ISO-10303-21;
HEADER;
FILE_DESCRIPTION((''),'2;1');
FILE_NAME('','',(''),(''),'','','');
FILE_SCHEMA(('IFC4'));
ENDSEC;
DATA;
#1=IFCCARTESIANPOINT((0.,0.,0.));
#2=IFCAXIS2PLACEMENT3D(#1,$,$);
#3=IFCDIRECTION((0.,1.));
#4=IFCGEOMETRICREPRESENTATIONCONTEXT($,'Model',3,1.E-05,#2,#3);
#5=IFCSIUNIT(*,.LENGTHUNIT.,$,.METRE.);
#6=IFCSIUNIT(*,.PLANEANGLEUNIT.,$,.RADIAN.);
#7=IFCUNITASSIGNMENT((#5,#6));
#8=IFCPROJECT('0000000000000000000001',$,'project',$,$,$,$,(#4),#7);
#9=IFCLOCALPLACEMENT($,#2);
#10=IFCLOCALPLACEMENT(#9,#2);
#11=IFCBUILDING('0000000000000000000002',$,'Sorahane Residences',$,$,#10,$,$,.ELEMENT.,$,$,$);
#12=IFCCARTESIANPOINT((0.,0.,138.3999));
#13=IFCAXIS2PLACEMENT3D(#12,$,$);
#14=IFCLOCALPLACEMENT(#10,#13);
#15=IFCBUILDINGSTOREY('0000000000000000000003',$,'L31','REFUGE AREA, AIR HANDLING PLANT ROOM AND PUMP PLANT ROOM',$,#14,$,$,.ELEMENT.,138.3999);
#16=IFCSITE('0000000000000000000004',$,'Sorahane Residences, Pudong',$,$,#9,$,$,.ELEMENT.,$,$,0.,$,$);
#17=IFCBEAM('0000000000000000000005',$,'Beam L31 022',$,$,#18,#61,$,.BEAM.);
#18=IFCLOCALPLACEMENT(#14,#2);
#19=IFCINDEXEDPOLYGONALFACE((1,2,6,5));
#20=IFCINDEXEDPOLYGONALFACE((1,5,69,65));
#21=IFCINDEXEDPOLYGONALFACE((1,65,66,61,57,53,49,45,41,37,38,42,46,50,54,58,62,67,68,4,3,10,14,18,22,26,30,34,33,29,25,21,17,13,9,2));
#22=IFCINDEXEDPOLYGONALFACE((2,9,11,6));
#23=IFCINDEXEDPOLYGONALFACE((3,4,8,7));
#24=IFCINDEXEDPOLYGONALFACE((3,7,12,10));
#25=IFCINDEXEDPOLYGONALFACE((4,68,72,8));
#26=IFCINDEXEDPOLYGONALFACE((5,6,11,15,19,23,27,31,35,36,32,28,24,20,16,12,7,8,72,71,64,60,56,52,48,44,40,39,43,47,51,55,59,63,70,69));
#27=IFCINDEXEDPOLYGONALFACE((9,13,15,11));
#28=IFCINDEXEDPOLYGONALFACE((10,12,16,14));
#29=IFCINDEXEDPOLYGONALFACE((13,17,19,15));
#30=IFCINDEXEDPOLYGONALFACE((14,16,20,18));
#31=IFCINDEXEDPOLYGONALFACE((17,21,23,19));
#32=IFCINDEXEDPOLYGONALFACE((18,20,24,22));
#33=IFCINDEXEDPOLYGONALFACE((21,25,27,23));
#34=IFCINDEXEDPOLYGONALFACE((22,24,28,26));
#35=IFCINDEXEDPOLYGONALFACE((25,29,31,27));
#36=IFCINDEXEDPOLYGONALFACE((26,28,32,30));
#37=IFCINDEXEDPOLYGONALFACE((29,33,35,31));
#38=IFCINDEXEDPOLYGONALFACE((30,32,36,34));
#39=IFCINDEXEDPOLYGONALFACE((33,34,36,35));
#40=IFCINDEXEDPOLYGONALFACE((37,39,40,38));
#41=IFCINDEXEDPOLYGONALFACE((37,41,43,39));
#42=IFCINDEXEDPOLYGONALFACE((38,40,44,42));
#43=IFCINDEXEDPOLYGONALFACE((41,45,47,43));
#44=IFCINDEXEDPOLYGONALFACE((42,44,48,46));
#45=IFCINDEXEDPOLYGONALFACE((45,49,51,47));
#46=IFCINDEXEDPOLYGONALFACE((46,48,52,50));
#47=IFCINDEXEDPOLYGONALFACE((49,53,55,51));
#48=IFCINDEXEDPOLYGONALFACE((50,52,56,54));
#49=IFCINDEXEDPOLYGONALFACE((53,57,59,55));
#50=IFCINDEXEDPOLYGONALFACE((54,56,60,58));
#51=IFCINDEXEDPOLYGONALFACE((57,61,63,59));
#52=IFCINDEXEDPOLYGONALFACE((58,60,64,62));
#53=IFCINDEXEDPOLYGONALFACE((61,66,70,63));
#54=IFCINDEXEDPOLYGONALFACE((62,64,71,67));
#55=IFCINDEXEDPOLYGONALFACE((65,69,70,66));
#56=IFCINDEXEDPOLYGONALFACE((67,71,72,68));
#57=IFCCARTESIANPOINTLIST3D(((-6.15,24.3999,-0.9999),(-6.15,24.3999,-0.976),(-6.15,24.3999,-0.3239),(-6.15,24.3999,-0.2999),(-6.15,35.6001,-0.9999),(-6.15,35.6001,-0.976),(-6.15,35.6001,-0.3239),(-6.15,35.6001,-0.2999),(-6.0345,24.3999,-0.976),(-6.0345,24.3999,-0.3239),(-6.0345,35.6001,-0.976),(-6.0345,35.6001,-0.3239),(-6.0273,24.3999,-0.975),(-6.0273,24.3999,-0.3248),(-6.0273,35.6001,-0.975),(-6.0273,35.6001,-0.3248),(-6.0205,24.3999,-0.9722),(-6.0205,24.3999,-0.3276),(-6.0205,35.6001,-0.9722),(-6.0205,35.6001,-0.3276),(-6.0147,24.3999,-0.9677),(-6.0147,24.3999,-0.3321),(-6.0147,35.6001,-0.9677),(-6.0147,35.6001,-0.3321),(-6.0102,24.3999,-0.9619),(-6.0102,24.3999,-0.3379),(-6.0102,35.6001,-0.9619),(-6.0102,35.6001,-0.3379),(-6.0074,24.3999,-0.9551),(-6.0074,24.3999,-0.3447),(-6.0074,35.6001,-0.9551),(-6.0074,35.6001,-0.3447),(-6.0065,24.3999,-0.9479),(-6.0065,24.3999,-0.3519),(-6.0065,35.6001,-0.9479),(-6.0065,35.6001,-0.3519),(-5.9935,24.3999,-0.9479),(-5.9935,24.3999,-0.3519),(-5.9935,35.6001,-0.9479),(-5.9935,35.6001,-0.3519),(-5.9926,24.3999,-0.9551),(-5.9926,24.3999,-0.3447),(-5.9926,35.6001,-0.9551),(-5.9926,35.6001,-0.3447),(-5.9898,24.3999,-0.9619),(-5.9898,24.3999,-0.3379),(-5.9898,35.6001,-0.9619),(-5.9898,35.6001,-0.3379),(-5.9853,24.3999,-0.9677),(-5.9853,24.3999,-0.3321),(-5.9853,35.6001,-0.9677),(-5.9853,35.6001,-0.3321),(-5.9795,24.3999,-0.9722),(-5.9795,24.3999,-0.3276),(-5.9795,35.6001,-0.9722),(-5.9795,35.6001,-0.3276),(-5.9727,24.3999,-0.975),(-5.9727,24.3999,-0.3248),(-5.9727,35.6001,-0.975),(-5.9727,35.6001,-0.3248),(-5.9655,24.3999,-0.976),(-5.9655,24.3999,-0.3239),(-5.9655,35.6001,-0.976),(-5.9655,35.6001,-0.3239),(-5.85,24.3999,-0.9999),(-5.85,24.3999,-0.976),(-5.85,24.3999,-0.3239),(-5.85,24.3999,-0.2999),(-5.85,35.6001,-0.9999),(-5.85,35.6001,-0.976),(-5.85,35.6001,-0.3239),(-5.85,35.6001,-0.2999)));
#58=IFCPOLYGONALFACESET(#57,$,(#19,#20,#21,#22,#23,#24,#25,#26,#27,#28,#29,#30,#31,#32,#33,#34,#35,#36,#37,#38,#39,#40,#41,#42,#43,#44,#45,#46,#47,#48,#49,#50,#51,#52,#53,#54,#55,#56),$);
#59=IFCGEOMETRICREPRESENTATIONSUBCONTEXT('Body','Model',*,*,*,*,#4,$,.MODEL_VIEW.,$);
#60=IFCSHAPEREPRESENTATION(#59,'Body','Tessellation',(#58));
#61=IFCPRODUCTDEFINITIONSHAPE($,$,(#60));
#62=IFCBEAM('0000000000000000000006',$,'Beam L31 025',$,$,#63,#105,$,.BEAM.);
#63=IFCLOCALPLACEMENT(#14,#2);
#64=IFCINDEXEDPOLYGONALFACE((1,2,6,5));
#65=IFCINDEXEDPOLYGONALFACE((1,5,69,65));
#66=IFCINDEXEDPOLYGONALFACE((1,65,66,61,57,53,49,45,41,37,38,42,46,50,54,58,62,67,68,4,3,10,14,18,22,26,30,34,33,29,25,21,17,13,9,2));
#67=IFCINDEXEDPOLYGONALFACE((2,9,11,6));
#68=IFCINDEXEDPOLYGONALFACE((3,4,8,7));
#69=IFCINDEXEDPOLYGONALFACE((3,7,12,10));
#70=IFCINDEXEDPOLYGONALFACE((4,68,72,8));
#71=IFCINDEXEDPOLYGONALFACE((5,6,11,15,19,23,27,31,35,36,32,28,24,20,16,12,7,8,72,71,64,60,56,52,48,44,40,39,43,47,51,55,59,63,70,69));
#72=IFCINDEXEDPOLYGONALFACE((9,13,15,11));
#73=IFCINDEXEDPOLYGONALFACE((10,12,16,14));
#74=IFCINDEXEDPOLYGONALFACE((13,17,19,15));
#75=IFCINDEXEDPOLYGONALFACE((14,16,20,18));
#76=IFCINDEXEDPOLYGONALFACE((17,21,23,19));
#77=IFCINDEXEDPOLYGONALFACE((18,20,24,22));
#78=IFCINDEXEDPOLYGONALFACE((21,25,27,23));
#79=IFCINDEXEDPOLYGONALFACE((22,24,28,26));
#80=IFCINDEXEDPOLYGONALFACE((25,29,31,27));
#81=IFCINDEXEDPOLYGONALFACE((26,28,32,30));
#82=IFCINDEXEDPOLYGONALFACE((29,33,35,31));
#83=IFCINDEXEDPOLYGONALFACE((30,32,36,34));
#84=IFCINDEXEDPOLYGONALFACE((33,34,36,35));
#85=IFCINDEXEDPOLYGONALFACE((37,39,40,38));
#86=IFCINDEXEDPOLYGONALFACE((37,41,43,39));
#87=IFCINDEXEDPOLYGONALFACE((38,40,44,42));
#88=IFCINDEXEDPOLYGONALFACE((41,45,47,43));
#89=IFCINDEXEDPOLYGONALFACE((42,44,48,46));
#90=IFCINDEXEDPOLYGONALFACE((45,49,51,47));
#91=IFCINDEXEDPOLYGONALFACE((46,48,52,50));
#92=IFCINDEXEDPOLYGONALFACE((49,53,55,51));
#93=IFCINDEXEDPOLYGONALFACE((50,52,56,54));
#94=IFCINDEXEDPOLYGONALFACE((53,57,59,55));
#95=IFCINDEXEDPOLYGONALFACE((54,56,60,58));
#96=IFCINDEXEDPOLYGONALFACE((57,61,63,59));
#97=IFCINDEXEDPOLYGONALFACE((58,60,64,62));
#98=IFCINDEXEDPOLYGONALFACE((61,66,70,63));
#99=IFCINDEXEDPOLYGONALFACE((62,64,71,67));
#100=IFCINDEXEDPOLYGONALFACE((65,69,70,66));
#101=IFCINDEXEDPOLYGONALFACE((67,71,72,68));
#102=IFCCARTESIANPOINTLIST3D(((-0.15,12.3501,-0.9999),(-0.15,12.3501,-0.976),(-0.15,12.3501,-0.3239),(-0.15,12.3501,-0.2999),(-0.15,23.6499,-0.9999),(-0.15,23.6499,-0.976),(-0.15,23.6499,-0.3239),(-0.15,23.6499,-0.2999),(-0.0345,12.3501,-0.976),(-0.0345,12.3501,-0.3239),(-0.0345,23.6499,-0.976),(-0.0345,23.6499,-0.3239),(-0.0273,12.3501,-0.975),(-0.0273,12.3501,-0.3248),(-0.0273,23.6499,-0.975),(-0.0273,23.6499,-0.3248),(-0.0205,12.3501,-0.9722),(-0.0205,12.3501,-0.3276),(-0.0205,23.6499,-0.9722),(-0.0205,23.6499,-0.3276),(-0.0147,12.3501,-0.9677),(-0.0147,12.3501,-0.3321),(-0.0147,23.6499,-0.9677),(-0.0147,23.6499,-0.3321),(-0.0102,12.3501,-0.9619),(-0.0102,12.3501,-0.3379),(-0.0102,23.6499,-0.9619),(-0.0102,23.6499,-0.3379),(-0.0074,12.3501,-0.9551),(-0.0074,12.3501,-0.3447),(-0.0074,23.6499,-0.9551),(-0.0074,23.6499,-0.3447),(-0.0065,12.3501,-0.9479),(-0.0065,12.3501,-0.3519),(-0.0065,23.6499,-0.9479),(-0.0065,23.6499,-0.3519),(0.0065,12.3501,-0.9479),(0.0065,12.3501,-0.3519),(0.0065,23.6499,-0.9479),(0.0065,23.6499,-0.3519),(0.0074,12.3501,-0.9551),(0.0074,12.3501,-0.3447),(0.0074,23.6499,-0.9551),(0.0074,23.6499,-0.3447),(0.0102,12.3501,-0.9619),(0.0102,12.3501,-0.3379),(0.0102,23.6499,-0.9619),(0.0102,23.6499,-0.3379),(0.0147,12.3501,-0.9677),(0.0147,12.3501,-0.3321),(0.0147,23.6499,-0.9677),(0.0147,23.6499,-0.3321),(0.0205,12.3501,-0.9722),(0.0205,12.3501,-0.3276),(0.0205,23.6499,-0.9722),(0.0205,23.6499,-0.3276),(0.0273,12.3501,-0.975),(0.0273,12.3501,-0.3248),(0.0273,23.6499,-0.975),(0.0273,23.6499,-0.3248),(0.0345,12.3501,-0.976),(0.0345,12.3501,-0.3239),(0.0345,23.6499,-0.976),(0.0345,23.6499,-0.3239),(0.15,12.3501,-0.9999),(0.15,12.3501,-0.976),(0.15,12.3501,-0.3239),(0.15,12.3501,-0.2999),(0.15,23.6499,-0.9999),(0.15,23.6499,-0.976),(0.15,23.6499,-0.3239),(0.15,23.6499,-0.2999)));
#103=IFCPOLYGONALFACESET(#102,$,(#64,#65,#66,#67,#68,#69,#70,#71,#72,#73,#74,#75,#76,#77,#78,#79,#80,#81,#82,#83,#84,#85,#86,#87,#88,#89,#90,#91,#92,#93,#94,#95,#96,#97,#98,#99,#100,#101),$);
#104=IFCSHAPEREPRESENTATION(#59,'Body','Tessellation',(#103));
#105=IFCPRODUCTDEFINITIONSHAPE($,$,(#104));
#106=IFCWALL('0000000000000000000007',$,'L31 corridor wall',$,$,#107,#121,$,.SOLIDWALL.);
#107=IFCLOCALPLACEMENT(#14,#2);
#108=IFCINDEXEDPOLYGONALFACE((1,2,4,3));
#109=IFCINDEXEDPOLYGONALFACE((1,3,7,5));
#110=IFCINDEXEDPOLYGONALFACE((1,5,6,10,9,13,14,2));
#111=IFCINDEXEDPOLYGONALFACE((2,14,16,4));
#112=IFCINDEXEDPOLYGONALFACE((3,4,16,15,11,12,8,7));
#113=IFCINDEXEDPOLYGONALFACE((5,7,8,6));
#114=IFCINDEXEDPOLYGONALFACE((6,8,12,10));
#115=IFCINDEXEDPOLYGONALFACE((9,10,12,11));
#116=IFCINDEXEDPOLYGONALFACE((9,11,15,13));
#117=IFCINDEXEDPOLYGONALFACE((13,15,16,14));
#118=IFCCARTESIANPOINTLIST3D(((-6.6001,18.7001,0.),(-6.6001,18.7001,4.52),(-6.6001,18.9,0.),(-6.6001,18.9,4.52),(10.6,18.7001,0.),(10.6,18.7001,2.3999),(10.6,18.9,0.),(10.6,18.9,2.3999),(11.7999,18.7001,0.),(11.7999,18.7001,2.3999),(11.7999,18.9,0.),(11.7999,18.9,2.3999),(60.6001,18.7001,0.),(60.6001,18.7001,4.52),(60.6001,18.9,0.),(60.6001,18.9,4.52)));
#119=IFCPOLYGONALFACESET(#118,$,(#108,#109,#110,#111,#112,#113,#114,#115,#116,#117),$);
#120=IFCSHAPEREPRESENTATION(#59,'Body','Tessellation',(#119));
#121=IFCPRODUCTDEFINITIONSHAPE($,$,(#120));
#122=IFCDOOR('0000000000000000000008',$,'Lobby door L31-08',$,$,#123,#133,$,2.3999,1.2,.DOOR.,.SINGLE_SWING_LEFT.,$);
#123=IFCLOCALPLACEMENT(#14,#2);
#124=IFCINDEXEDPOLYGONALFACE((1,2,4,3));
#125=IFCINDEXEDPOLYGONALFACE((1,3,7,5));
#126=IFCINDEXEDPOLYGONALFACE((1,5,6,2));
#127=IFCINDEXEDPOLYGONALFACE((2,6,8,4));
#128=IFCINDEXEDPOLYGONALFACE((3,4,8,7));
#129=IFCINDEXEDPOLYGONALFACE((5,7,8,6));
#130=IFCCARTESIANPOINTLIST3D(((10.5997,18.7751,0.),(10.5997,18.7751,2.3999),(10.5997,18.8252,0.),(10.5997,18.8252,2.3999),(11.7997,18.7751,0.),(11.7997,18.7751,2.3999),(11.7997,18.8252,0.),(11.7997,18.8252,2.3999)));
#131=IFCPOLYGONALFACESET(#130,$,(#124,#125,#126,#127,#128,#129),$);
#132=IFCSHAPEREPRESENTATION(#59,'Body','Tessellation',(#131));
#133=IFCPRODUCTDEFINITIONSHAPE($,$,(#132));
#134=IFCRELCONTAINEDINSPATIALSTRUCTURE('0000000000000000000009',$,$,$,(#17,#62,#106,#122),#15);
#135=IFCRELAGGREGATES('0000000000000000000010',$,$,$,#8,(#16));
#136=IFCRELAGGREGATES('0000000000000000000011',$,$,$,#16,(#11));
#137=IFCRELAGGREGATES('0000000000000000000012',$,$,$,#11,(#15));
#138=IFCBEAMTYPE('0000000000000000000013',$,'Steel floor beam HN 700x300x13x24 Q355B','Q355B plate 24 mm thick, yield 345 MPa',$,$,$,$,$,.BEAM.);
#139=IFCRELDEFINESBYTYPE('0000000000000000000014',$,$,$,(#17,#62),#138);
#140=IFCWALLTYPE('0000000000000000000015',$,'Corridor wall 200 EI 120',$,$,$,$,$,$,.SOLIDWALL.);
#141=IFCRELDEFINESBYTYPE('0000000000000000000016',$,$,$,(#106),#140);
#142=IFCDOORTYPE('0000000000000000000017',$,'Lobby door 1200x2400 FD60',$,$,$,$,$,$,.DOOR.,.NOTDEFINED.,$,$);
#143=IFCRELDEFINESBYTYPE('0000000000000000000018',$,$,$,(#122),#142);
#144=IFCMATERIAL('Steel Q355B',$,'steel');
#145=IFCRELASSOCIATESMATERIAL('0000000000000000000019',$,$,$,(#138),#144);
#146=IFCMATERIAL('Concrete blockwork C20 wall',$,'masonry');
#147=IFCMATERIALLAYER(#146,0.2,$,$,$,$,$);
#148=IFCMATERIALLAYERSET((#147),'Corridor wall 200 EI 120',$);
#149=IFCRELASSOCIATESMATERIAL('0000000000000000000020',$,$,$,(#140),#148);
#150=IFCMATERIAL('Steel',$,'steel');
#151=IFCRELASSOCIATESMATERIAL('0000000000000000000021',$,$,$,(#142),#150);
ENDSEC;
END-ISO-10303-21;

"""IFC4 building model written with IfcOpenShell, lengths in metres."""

from ifc_helpers import new_model, si_unit, direction, frame, frame_2d, origin, origin_2d, place, context, subcontext, project, spatial, rectangle, i_section, extrude, material, layer, layer_set, material_profile, profile_set, type_object, element, fill, save


model = new_model("IFC4")

# Units and contexts
model_context = context("Model", 3, precision=1e-05, world=origin(), true_north=direction((0.0, 1.0)))
body_context = subcontext(model_context, "Body", "Model", "MODEL_VIEW")
ifc_project = project(units=[si_unit("LENGTHUNIT", "METRE"), si_unit("PLANEANGLEUNIT", "RADIAN")], contexts=[model_context])

# Site, building, storey
site_placement = place(None, origin())
site = spatial("IfcSite", under=ifc_project, at=site_placement, Name="Sorahane Residences, Pudong", CompositionType="ELEMENT", RefElevation=0.0)
building_placement = place(site_placement, origin())
building = spatial("IfcBuilding", under=site, at=building_placement, Name="Sorahane Residences", CompositionType="ELEMENT")
storey_placement = place(building_placement, frame((0.0, 0.0, 138.3999)))
storey = spatial("IfcBuildingStorey", under=building, at=storey_placement, Name="L31", Description="REFUGE AREA, AIR HANDLING PLANT ROOM AND PUMP PLANT ROOM", CompositionType="ELEMENT", Elevation=138.3999)

# Beams
ifc_material_1 = material(Name="Steel Q355B", Category="steel")
ifc_material_profile_1 = material_profile(ifc_material_1, i_section(OverallWidth=0.3, OverallDepth=0.7, WebThickness=0.0129, FlangeThickness=0.0239, FilletRadius=0.0281, at=origin_2d()), Name="HN 700x300x13x24")
ifc_profile_set_1 = profile_set([ifc_material_profile_1], Name="Steel Q355B")
beam_type_1 = type_object("IfcBeamType", Name="Steel floor beam HN 700x300x13x24 Q355B", Description="Q355B plate 24 mm thick, yield 345 MPa", PredefinedType="BEAM", material=ifc_profile_set_1)
for number, where, z_axis, x_axis, name in (
    (1, (-6.0, 24.3999, -0.6499), (0.0, 1.0, 0.0), (-1.0, 0.0, 0.0), "Beam L31 022"),
):
    element("IfcBeam", number, at=place(storey_placement, frame(where, z_axis=z_axis, x_axis=x_axis)), inside=storey, type_object=beam_type_1, Name=name, PredefinedType="BEAM", context=body_context, shape_type="SweptSolid", body=[
        extrude(i_section(OverallWidth=0.3, OverallDepth=0.7, WebThickness=0.0129, FlangeThickness=0.0239, FilletRadius=0.0281, at=origin_2d()), origin(), (0.0, 0.0, 1.0), 11.2002),
    ])
beam_1_placement = place(storey_placement, frame((0.0, 12.3501, -0.6499), z_axis=(0.0, 1.0, 0.0), x_axis=(-1.0, 0.0, 0.0)))
element("IfcBeam", 2, at=beam_1_placement, inside=storey, type_object=beam_type_1, Name="Beam L31 025", PredefinedType="BEAM", context=body_context, shape_type="SweptSolid", body=[
    extrude(i_section(OverallWidth=0.3, OverallDepth=0.7, WebThickness=0.0129, FlangeThickness=0.0239, FilletRadius=0.0281, at=origin_2d()), origin(), (0.0, 0.0, 1.0), 11.2998),
])

# Wall, opening, door
ifc_material_2 = material(Name="Concrete blockwork C20 wall", Category="masonry")
ifc_layer_1 = layer(ifc_material_2, 0.2)
ifc_layer_set_1 = layer_set([ifc_layer_1], Name="Corridor wall 200 EI 120")
wall_type_1 = type_object("IfcWallType", Name="Corridor wall 200 EI 120", PredefinedType="SOLIDWALL", material=ifc_layer_set_1)
wall_1_placement = place(storey_placement, frame((-6.6001, 18.8, 0.0), z_axis=(0.0, 0.0, 1.0), x_axis=(1.0, 0.0, 0.0)))
wall_1 = element("IfcWall", 3, at=wall_1_placement, inside=storey, type_object=wall_type_1, Name="L31 corridor wall", PredefinedType="SOLIDWALL", context=body_context, shape_type="SweptSolid", body=[
    extrude(rectangle(XDim=67.2002, YDim=0.2, at=frame_2d((33.6001, 0.0))), origin(), (0.0, 0.0, 1.0), 4.52),
])
opening_1_placement = place(wall_1_placement, frame((17.2, 0.0, 0.0)))
opening_1 = element("IfcOpeningElement", 4, at=opening_1_placement, cuts=wall_1, PredefinedType="OPENING", context=body_context, shape_type="SweptSolid", body=[
    extrude(rectangle(XDim=1.2, YDim=2.3999, at=frame_2d((0.6001, 1.2))), frame((0.0, 0.1099, 0.0), z_axis=(0.0, -1.0, 0.0), x_axis=(1.0, 0.0, 0.0)), (0.0, 0.0, 1.0), 0.22),
])
ifc_material_3 = material(Name="Steel", Category="steel")
door_type_1 = type_object("IfcDoorType", Name="Lobby door 1200x2400 FD60", OperationType="NOTDEFINED", PredefinedType="DOOR", material=ifc_material_3)
door_1_placement = place(opening_1_placement, frame((1.2, 0.0, 0.0), z_axis=(0.0, 0.0, 1.0), x_axis=(-1.0, 0.0, 0.0)))
door_1 = element("IfcDoor", 5, at=door_1_placement, inside=storey, type_object=door_type_1, Name="Lobby door L31-08", OperationType="SINGLE_SWING_LEFT", OverallHeight=2.3999, OverallWidth=1.2, PredefinedType="DOOR", context=body_context, shape_type="SweptSolid", body=[
    extrude(rectangle(XDim=1.2, YDim=2.3999, at=frame_2d((0.6001, 1.2))), frame((0.0, 0.0249, 0.0), z_axis=(0.0, -1.0, 0.0), x_axis=(1.0, 0.0, 0.0)), (0.0, 0.0, 1.0), 0.05),
])
fill(opening_1, door_1)

save(model, "model.ifc")
